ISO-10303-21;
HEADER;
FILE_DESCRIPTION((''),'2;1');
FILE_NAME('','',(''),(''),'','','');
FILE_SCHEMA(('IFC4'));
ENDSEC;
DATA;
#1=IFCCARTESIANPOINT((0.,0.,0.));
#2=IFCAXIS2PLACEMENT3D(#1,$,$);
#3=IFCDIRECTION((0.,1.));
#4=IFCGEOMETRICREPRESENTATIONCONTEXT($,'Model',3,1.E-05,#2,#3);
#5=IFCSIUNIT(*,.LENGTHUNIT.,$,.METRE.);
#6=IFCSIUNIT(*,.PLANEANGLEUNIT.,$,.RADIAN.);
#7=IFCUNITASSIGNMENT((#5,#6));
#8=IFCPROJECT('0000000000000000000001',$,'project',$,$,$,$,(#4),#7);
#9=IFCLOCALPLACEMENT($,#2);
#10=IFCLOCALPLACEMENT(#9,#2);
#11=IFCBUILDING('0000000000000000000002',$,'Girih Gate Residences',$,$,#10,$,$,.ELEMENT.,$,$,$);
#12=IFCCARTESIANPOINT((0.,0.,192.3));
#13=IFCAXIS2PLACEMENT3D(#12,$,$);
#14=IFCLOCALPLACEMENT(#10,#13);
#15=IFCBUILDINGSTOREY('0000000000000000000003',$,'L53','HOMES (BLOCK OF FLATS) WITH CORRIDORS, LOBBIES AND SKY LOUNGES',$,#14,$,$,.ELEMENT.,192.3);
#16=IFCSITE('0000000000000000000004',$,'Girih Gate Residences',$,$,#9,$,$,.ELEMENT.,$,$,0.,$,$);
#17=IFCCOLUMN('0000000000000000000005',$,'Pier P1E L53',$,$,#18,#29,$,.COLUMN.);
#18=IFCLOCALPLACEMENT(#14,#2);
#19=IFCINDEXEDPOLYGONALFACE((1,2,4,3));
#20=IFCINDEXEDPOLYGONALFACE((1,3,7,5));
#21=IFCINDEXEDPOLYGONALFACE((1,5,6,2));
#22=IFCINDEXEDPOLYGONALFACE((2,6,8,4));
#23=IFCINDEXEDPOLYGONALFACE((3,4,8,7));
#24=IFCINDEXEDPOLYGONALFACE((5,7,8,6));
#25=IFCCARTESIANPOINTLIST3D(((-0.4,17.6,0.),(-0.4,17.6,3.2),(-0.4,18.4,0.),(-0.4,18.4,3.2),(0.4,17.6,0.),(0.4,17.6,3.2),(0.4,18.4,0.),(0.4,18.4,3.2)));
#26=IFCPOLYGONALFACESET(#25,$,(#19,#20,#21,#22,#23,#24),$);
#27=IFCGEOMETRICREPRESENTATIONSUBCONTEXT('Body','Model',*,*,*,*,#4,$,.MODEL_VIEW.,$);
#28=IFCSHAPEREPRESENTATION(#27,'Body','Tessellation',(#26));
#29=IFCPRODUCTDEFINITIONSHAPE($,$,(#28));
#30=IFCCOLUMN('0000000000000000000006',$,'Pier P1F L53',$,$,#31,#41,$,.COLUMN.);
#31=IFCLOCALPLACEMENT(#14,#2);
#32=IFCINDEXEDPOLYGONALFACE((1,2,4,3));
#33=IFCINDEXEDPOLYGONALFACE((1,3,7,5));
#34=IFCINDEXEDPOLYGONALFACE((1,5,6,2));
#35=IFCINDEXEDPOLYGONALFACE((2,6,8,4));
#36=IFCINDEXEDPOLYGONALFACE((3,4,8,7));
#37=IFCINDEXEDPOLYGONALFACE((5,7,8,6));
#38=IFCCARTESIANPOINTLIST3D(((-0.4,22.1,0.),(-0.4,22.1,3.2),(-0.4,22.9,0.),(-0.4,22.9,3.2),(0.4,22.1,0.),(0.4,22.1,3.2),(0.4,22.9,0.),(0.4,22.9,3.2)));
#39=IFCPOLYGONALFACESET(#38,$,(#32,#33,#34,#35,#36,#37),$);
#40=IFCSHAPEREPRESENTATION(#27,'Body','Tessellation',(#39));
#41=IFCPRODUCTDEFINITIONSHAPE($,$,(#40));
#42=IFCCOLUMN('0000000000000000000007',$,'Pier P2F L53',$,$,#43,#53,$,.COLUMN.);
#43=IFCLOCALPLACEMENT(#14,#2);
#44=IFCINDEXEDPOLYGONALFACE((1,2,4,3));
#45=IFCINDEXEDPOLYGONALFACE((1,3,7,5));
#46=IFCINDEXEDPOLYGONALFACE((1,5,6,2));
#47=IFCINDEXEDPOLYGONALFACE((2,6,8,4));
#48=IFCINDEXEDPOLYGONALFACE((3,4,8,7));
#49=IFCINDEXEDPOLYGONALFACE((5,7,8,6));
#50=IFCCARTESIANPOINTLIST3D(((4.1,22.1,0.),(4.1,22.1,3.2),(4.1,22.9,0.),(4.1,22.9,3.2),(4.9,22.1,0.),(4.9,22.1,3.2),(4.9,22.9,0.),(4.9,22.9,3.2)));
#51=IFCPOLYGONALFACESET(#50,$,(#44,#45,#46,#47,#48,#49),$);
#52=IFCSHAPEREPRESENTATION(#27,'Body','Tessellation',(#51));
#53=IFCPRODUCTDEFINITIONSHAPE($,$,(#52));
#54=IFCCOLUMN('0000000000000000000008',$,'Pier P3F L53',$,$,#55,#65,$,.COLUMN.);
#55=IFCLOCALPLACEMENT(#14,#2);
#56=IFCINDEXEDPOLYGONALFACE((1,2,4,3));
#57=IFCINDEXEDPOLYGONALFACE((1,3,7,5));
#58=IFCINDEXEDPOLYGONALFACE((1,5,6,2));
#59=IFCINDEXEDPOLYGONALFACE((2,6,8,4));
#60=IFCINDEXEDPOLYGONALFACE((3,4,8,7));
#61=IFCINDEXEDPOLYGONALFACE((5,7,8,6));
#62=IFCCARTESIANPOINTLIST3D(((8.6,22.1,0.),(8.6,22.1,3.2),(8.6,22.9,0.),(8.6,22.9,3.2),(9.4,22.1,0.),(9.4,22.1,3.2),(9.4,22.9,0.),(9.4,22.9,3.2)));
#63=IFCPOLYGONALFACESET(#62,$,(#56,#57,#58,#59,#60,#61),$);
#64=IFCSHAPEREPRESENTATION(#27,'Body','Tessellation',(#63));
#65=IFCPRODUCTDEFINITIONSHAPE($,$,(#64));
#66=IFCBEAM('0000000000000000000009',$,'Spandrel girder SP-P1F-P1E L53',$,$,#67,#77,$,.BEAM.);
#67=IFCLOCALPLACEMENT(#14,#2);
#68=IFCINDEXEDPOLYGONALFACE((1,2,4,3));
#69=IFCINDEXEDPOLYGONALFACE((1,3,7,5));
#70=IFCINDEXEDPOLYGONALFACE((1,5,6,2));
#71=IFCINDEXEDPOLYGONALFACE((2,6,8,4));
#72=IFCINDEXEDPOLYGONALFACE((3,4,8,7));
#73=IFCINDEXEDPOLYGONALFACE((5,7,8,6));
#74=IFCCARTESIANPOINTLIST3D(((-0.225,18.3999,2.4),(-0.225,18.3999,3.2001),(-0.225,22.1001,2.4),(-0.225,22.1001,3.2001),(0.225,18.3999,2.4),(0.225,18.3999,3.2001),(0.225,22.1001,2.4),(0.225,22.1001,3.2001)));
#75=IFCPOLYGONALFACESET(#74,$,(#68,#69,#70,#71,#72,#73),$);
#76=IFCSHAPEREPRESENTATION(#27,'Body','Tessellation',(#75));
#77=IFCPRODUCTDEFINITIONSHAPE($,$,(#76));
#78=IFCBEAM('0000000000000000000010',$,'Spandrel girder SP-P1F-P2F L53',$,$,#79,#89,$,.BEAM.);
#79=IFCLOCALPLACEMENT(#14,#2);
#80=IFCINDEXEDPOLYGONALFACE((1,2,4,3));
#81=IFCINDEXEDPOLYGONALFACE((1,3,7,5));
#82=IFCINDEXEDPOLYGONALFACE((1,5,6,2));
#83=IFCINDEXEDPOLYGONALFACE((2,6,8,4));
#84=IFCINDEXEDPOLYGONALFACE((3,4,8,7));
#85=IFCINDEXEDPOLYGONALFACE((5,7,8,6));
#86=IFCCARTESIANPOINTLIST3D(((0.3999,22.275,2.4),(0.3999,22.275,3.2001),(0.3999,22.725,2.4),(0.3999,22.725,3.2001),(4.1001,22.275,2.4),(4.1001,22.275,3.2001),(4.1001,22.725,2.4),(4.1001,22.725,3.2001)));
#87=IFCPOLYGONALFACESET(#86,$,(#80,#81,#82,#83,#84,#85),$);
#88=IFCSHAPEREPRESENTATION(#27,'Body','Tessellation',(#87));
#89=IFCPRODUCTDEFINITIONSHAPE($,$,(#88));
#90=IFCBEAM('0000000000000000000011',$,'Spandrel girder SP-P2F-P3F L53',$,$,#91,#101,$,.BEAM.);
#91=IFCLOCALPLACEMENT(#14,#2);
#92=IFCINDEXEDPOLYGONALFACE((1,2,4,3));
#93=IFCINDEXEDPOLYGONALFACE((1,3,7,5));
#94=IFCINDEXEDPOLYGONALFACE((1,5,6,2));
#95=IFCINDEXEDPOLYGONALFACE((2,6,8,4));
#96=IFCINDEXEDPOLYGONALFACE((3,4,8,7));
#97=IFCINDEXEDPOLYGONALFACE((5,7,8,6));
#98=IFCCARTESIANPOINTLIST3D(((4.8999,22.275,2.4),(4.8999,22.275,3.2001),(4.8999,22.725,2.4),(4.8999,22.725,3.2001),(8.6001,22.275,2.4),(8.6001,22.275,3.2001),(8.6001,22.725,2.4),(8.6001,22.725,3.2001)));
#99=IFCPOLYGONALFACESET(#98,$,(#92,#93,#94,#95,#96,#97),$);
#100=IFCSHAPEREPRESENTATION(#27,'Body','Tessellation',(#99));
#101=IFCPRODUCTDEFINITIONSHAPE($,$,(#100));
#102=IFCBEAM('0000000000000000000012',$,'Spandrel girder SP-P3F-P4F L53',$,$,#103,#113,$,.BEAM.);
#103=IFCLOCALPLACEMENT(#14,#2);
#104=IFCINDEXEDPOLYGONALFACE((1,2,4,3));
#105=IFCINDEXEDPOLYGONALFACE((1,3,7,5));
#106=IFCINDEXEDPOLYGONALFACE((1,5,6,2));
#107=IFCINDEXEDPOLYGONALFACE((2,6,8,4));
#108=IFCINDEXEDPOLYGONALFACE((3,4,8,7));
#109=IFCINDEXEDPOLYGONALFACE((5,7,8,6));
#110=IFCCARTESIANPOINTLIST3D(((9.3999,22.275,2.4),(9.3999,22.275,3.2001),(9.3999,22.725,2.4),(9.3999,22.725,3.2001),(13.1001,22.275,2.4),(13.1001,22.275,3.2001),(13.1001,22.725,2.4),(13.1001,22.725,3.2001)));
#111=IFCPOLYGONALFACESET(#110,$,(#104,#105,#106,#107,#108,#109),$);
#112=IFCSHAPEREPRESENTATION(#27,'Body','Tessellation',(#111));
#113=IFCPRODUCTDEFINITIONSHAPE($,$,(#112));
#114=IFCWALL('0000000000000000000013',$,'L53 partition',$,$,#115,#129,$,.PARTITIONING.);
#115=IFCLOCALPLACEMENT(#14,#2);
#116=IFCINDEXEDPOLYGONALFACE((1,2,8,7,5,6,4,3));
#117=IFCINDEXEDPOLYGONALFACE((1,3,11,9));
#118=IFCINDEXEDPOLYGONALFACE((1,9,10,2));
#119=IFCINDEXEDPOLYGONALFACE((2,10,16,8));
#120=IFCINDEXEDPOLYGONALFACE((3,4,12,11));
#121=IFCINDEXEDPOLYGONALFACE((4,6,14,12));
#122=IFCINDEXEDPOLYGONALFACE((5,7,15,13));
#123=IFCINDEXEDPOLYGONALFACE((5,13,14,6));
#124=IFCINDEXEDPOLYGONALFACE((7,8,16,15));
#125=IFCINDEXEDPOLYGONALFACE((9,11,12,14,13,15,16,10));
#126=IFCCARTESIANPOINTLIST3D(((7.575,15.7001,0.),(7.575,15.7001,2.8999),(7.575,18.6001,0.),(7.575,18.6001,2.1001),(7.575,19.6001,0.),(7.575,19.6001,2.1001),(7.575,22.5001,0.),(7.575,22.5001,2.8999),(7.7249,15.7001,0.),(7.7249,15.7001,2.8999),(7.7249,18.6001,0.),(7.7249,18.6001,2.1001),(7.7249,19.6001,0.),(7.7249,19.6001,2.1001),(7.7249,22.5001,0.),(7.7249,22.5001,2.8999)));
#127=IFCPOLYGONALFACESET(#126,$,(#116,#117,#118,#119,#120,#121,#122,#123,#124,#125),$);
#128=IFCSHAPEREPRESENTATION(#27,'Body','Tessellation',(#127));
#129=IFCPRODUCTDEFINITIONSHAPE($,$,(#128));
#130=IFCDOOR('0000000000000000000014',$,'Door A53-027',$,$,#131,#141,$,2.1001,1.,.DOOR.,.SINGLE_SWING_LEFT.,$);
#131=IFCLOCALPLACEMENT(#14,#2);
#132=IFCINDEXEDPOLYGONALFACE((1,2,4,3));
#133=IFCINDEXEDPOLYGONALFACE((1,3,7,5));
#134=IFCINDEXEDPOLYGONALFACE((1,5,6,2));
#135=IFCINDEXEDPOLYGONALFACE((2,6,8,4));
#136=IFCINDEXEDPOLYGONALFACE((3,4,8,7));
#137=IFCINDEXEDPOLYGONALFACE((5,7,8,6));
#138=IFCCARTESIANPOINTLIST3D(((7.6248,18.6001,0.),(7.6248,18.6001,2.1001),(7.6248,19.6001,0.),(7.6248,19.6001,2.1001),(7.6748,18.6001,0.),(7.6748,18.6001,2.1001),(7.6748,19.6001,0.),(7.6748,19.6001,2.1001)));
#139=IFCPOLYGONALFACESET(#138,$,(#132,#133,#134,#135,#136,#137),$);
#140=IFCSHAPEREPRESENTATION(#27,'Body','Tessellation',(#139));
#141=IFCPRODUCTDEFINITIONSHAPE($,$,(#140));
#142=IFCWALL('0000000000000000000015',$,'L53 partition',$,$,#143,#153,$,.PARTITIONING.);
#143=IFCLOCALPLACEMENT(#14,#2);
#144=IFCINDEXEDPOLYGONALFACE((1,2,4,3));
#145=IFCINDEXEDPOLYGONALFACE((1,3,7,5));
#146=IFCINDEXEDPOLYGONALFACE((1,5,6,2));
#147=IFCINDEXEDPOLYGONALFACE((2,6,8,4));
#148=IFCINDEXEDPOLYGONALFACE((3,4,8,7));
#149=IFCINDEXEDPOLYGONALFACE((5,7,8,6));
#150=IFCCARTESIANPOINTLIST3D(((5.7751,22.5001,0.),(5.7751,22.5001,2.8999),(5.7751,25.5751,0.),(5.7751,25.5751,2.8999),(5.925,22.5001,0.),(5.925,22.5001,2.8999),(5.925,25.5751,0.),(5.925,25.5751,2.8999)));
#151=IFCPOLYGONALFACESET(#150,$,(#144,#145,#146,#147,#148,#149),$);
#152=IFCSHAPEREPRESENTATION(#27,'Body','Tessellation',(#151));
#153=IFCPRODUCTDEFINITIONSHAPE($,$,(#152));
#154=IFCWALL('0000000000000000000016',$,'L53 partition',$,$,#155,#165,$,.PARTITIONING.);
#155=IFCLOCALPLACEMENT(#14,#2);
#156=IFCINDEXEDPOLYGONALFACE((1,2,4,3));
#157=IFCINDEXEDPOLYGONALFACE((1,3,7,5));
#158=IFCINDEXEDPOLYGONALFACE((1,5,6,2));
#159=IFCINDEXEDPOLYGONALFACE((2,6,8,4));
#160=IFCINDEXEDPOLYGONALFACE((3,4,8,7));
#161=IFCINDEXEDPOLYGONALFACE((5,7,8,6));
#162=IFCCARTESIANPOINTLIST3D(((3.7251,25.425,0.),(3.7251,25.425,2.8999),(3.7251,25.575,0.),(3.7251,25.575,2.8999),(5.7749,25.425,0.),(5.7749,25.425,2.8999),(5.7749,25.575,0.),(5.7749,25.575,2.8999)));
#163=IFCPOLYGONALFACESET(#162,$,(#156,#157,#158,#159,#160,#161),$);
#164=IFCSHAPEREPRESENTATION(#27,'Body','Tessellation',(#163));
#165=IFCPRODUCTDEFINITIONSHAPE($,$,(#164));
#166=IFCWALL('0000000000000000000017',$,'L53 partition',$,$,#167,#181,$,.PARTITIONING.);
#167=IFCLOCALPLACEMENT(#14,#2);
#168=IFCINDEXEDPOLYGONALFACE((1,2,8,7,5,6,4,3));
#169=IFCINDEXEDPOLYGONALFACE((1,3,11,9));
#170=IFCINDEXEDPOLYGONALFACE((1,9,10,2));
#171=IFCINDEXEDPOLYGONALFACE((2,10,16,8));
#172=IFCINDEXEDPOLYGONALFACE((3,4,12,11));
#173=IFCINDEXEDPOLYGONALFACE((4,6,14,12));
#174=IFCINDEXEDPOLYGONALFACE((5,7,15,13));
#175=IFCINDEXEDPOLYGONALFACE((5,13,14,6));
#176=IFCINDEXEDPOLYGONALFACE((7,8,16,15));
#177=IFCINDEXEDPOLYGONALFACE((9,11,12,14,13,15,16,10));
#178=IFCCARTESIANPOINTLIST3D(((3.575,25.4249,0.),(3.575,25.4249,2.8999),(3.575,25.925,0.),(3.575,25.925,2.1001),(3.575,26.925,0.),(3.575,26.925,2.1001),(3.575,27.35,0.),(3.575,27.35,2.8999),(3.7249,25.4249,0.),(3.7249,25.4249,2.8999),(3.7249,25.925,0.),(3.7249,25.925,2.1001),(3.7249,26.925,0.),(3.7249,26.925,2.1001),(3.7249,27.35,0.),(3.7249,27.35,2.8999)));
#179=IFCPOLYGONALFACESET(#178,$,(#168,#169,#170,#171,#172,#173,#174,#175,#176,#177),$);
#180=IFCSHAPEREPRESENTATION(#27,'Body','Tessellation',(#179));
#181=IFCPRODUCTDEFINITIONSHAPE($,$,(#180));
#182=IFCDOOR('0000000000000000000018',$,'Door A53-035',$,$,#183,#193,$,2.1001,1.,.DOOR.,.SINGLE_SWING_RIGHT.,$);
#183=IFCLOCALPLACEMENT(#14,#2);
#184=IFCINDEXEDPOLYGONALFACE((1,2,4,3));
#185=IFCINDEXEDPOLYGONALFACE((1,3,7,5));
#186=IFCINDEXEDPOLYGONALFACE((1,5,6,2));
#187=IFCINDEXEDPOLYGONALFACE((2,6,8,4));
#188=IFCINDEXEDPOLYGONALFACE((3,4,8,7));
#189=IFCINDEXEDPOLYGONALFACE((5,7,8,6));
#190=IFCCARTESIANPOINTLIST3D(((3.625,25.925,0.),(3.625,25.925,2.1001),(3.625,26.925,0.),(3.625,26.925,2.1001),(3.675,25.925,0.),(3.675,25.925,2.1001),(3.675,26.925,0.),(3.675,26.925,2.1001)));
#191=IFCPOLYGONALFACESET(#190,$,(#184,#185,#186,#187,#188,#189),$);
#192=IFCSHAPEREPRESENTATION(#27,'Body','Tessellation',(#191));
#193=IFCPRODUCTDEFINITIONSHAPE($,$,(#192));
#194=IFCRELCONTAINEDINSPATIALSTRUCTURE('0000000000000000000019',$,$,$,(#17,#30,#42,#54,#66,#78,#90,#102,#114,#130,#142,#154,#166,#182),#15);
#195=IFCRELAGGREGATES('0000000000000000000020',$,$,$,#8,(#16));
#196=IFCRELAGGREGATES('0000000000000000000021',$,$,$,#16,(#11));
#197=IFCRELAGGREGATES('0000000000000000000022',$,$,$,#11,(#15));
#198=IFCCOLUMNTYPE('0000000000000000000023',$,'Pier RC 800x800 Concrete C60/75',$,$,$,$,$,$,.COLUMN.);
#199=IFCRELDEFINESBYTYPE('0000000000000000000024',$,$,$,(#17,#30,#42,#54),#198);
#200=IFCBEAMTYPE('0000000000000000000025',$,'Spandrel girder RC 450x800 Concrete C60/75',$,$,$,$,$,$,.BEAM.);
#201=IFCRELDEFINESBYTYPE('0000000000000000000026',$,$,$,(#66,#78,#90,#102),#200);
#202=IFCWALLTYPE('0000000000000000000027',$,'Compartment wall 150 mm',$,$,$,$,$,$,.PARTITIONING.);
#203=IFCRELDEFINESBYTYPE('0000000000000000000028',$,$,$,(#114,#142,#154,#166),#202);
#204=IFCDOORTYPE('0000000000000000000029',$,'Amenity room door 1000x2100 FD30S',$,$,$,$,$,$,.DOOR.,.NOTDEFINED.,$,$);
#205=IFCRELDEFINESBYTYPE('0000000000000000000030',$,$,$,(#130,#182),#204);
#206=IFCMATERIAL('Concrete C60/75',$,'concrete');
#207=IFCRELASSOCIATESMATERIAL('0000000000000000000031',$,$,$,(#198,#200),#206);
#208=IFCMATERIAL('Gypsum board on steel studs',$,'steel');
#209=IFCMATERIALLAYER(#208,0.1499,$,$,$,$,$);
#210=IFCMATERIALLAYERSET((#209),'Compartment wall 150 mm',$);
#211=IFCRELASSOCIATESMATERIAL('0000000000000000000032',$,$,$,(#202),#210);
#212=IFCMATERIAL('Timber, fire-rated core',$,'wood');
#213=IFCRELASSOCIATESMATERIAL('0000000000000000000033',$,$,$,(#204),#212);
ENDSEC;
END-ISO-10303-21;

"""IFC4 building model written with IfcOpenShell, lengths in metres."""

from ifc_helpers import new_model, si_unit, direction, frame, frame_2d, origin, origin_2d, place, context, subcontext, project, spatial, rectangle, extrude, material, layer, layer_set, material_profile, profile_set, type_object, element, fill, save


model = new_model("IFC4")

# Units and contexts
model_context = context("Model", 3, precision=1e-05, world=origin(), true_north=direction((0.0, 1.0)))
body_context = subcontext(model_context, "Body", "Model", "MODEL_VIEW")
ifc_project = project(units=[si_unit("LENGTHUNIT", "METRE"), si_unit("PLANEANGLEUNIT", "RADIAN")], contexts=[model_context])

# Site, building, storey
site_placement = place(None, origin())
site = spatial("IfcSite", under=ifc_project, at=site_placement, Name="Girih Gate Residences", CompositionType="ELEMENT", RefElevation=0.0)
building_placement = place(site_placement, origin())
building = spatial("IfcBuilding", under=site, at=building_placement, Name="Girih Gate Residences", CompositionType="ELEMENT")
storey_placement = place(building_placement, frame((0.0, 0.0, 192.3)))
storey = spatial("IfcBuildingStorey", under=building, at=storey_placement, Name="L53", Description="HOMES (BLOCK OF FLATS) WITH CORRIDORS, LOBBIES AND SKY LOUNGES", CompositionType="ELEMENT", Elevation=192.3)

# Columns
ifc_material_1 = material(Name="Concrete C60/75", Category="concrete")
ifc_material_profile_1 = material_profile(ifc_material_1, rectangle(XDim=0.8, YDim=0.8, at=origin_2d()))
ifc_profile_set_1 = profile_set([ifc_material_profile_1], Name="Concrete C60/75")
column_type = type_object("IfcColumnType", Name="Pier RC 800x800 Concrete C60/75", PredefinedType="COLUMN", material=ifc_profile_set_1)
for number, where, z_axis, x_axis, name in (
    (1, (0.0, 18.0, 0.0), (0.0, 0.0, 1.0), (1.0, 0.0, 0.0), "Pier P1E L53"),
    (2, (0.0, 22.5, 0.0), (0.0, 0.0, 1.0), (1.0, 0.0, 0.0), "Pier P1F L53"),
    (3, (4.5, 22.5, 0.0), (0.0, 0.0, 1.0), (1.0, 0.0, 0.0), "Pier P2F L53"),
    (4, (9.0, 22.5, 0.0), (0.0, 0.0, 1.0), (1.0, 0.0, 0.0), "Pier P3F L53"),
):
    element("IfcColumn", number, at=place(storey_placement, frame(where, z_axis=z_axis, x_axis=x_axis)), inside=storey, type_object=column_type, Name=name, PredefinedType="COLUMN", context=body_context, shape_type="SweptSolid", body=[
        extrude(rectangle(XDim=0.8, YDim=0.8, at=origin_2d()), origin(), (0.0, 0.0, 1.0), 3.2),
    ])

# Beams
ifc_material_profile_2 = material_profile(ifc_material_1, rectangle(XDim=0.45, YDim=0.8, at=origin_2d()))
ifc_profile_set_2 = profile_set([ifc_material_profile_2], Name="Concrete C60/75")
beam_type = type_object("IfcBeamType", Name="Spandrel girder RC 450x800 Concrete C60/75", PredefinedType="BEAM", material=ifc_profile_set_2)
for number, where, z_axis, x_axis, name in (
    (5, (0.0, 22.1001, 2.8), (0.0, -1.0, 0.0), (1.0, 0.0, 0.0), "Spandrel girder SP-P1F-P1E L53"),
    (6, (0.3999, 22.5, 2.8), (1.0, 0.0, 0.0), (0.0, 1.0, 0.0), "Spandrel girder SP-P1F-P2F L53"),
    (7, (4.8999, 22.5, 2.8), (1.0, 0.0, 0.0), (0.0, 1.0, 0.0), "Spandrel girder SP-P2F-P3F L53"),
    (8, (9.3999, 22.5, 2.8), (1.0, 0.0, 0.0), (0.0, 1.0, 0.0), "Spandrel girder SP-P3F-P4F L53"),
):
    element("IfcBeam", number, at=place(storey_placement, frame(where, z_axis=z_axis, x_axis=x_axis)), inside=storey, type_object=beam_type, Name=name, PredefinedType="BEAM", context=body_context, shape_type="SweptSolid", body=[
        extrude(rectangle(XDim=0.45, YDim=0.8, at=origin_2d()), origin(), (0.0, 0.0, 1.0), 3.7002),
    ])

# Wall, opening, door
ifc_material_2 = material(Name="Gypsum board on steel studs", Category="steel")
ifc_layer_1 = layer(ifc_material_2, 0.1499)
ifc_layer_set_1 = layer_set([ifc_layer_1], Name="Compartment wall 150 mm")
wall_type_1 = type_object("IfcWallType", Name="Compartment wall 150 mm", PredefinedType="PARTITIONING", material=ifc_layer_set_1)
wall_1_placement = place(storey_placement, frame((7.6499, 22.5, 0.0), z_axis=(0.0, 0.0, 1.0), x_axis=(0.0, -1.0, 0.0)))
wall_1 = element("IfcWall", 9, at=wall_1_placement, inside=storey, type_object=wall_type_1, Name="L53 partition", PredefinedType="PARTITIONING", context=body_context, shape_type="SweptSolid", body=[
    extrude(rectangle(XDim=6.8, YDim=0.1499, at=frame_2d((3.3999, 0.0))), origin(), (0.0, 0.0, 1.0), 2.8999),
])
opening_1_placement = place(wall_1_placement, frame((2.8999, 0.0, 0.0)))
opening_1 = element("IfcOpeningElement", 10, at=opening_1_placement, cuts=wall_1, PredefinedType="OPENING", context=body_context, shape_type="SweptSolid", body=[
    extrude(rectangle(XDim=1.0, YDim=2.1001, at=frame_2d((0.5, 1.05))), frame((0.0, 0.085, 0.0), z_axis=(0.0, -1.0, 0.0), x_axis=(1.0, 0.0, 0.0)), (0.0, 0.0, 1.0), 0.1699),
])
ifc_material_3 = material(Name="Timber, fire-rated core", Category="wood")
door_type = type_object("IfcDoorType", Name="Amenity room door 1000x2100 FD30S", OperationType="NOTDEFINED", PredefinedType="DOOR", material=ifc_material_3)
door_1_placement = place(opening_1_placement, origin())
door_1 = element("IfcDoor", 11, at=door_1_placement, inside=storey, type_object=door_type, Name="Door A53-027", OperationType="SINGLE_SWING_LEFT", OverallHeight=2.1001, OverallWidth=1.0, PredefinedType="DOOR", context=body_context, shape_type="SweptSolid", body=[
    extrude(rectangle(XDim=1.0, YDim=2.1001, at=frame_2d((0.5, 1.05))), frame((0.0, 0.0249, 0.0), z_axis=(0.0, -1.0, 0.0), x_axis=(1.0, 0.0, 0.0)), (0.0, 0.0, 1.0), 0.05),
])
fill(opening_1, door_1)

# Walls
wall_2_placement = place(storey_placement, frame((5.8501, 22.5, 0.0), z_axis=(0.0, 0.0, 1.0), x_axis=(0.0, 1.0, 0.0)))
element("IfcWall", 12, at=wall_2_placement, inside=storey, type_object=wall_type_1, Name="L53 partition", PredefinedType="PARTITIONING", context=body_context, shape_type="SweptSolid", body=[
    extrude(rectangle(XDim=3.075, YDim=0.1499, at=frame_2d((1.5376, 0.0))), origin(), (0.0, 0.0, 1.0), 2.8999),
])
wall_3_placement = place(storey_placement, frame((3.7251, 25.5, 0.0), z_axis=(0.0, 0.0, 1.0), x_axis=(1.0, 0.0, 0.0)))
element("IfcWall", 13, at=wall_3_placement, inside=storey, type_object=wall_type_1, Name="L53 partition", PredefinedType="PARTITIONING", context=body_context, shape_type="SweptSolid", body=[
    extrude(rectangle(XDim=2.0498, YDim=0.1499, at=frame_2d((1.0249, 0.0))), origin(), (0.0, 0.0, 1.0), 2.8999),
])

# Wall, opening, door
wall_4_placement = place(storey_placement, frame((3.6499, 25.425, 0.0), z_axis=(0.0, 0.0, 1.0), x_axis=(0.0, 1.0, 0.0)))
wall_4 = element("IfcWall", 14, at=wall_4_placement, inside=storey, type_object=wall_type_1, Name="L53 partition", PredefinedType="PARTITIONING", context=body_context, shape_type="SweptSolid", body=[
    extrude(rectangle(XDim=1.925, YDim=0.1499, at=frame_2d((0.9624, 0.0))), origin(), (0.0, 0.0, 1.0), 2.8999),
])
opening_2_placement = place(wall_4_placement, frame((0.5, 0.0, 0.0)))
opening_2 = element("IfcOpeningElement", 15, at=opening_2_placement, cuts=wall_4, PredefinedType="OPENING", context=body_context, shape_type="SweptSolid", body=[
    extrude(rectangle(XDim=1.0, YDim=2.1001, at=frame_2d((0.5, 1.05))), frame((0.0, 0.085, 0.0), z_axis=(0.0, -1.0, 0.0), x_axis=(1.0, 0.0, 0.0)), (0.0, 0.0, 1.0), 0.1699),
])
door_2_placement = place(opening_2_placement, origin())
door_2 = element("IfcDoor", 16, at=door_2_placement, inside=storey, type_object=door_type, Name="Door A53-035", OperationType="SINGLE_SWING_RIGHT", OverallHeight=2.1001, OverallWidth=1.0, PredefinedType="DOOR", context=body_context, shape_type="SweptSolid", body=[
    extrude(rectangle(XDim=1.0, YDim=2.1001, at=frame_2d((0.5, 1.05))), frame((0.0, 0.0249, 0.0), z_axis=(0.0, -1.0, 0.0), x_axis=(1.0, 0.0, 0.0)), (0.0, 0.0, 1.0), 0.05),
])
fill(opening_2, door_2)

save(model, "model.ifc")
